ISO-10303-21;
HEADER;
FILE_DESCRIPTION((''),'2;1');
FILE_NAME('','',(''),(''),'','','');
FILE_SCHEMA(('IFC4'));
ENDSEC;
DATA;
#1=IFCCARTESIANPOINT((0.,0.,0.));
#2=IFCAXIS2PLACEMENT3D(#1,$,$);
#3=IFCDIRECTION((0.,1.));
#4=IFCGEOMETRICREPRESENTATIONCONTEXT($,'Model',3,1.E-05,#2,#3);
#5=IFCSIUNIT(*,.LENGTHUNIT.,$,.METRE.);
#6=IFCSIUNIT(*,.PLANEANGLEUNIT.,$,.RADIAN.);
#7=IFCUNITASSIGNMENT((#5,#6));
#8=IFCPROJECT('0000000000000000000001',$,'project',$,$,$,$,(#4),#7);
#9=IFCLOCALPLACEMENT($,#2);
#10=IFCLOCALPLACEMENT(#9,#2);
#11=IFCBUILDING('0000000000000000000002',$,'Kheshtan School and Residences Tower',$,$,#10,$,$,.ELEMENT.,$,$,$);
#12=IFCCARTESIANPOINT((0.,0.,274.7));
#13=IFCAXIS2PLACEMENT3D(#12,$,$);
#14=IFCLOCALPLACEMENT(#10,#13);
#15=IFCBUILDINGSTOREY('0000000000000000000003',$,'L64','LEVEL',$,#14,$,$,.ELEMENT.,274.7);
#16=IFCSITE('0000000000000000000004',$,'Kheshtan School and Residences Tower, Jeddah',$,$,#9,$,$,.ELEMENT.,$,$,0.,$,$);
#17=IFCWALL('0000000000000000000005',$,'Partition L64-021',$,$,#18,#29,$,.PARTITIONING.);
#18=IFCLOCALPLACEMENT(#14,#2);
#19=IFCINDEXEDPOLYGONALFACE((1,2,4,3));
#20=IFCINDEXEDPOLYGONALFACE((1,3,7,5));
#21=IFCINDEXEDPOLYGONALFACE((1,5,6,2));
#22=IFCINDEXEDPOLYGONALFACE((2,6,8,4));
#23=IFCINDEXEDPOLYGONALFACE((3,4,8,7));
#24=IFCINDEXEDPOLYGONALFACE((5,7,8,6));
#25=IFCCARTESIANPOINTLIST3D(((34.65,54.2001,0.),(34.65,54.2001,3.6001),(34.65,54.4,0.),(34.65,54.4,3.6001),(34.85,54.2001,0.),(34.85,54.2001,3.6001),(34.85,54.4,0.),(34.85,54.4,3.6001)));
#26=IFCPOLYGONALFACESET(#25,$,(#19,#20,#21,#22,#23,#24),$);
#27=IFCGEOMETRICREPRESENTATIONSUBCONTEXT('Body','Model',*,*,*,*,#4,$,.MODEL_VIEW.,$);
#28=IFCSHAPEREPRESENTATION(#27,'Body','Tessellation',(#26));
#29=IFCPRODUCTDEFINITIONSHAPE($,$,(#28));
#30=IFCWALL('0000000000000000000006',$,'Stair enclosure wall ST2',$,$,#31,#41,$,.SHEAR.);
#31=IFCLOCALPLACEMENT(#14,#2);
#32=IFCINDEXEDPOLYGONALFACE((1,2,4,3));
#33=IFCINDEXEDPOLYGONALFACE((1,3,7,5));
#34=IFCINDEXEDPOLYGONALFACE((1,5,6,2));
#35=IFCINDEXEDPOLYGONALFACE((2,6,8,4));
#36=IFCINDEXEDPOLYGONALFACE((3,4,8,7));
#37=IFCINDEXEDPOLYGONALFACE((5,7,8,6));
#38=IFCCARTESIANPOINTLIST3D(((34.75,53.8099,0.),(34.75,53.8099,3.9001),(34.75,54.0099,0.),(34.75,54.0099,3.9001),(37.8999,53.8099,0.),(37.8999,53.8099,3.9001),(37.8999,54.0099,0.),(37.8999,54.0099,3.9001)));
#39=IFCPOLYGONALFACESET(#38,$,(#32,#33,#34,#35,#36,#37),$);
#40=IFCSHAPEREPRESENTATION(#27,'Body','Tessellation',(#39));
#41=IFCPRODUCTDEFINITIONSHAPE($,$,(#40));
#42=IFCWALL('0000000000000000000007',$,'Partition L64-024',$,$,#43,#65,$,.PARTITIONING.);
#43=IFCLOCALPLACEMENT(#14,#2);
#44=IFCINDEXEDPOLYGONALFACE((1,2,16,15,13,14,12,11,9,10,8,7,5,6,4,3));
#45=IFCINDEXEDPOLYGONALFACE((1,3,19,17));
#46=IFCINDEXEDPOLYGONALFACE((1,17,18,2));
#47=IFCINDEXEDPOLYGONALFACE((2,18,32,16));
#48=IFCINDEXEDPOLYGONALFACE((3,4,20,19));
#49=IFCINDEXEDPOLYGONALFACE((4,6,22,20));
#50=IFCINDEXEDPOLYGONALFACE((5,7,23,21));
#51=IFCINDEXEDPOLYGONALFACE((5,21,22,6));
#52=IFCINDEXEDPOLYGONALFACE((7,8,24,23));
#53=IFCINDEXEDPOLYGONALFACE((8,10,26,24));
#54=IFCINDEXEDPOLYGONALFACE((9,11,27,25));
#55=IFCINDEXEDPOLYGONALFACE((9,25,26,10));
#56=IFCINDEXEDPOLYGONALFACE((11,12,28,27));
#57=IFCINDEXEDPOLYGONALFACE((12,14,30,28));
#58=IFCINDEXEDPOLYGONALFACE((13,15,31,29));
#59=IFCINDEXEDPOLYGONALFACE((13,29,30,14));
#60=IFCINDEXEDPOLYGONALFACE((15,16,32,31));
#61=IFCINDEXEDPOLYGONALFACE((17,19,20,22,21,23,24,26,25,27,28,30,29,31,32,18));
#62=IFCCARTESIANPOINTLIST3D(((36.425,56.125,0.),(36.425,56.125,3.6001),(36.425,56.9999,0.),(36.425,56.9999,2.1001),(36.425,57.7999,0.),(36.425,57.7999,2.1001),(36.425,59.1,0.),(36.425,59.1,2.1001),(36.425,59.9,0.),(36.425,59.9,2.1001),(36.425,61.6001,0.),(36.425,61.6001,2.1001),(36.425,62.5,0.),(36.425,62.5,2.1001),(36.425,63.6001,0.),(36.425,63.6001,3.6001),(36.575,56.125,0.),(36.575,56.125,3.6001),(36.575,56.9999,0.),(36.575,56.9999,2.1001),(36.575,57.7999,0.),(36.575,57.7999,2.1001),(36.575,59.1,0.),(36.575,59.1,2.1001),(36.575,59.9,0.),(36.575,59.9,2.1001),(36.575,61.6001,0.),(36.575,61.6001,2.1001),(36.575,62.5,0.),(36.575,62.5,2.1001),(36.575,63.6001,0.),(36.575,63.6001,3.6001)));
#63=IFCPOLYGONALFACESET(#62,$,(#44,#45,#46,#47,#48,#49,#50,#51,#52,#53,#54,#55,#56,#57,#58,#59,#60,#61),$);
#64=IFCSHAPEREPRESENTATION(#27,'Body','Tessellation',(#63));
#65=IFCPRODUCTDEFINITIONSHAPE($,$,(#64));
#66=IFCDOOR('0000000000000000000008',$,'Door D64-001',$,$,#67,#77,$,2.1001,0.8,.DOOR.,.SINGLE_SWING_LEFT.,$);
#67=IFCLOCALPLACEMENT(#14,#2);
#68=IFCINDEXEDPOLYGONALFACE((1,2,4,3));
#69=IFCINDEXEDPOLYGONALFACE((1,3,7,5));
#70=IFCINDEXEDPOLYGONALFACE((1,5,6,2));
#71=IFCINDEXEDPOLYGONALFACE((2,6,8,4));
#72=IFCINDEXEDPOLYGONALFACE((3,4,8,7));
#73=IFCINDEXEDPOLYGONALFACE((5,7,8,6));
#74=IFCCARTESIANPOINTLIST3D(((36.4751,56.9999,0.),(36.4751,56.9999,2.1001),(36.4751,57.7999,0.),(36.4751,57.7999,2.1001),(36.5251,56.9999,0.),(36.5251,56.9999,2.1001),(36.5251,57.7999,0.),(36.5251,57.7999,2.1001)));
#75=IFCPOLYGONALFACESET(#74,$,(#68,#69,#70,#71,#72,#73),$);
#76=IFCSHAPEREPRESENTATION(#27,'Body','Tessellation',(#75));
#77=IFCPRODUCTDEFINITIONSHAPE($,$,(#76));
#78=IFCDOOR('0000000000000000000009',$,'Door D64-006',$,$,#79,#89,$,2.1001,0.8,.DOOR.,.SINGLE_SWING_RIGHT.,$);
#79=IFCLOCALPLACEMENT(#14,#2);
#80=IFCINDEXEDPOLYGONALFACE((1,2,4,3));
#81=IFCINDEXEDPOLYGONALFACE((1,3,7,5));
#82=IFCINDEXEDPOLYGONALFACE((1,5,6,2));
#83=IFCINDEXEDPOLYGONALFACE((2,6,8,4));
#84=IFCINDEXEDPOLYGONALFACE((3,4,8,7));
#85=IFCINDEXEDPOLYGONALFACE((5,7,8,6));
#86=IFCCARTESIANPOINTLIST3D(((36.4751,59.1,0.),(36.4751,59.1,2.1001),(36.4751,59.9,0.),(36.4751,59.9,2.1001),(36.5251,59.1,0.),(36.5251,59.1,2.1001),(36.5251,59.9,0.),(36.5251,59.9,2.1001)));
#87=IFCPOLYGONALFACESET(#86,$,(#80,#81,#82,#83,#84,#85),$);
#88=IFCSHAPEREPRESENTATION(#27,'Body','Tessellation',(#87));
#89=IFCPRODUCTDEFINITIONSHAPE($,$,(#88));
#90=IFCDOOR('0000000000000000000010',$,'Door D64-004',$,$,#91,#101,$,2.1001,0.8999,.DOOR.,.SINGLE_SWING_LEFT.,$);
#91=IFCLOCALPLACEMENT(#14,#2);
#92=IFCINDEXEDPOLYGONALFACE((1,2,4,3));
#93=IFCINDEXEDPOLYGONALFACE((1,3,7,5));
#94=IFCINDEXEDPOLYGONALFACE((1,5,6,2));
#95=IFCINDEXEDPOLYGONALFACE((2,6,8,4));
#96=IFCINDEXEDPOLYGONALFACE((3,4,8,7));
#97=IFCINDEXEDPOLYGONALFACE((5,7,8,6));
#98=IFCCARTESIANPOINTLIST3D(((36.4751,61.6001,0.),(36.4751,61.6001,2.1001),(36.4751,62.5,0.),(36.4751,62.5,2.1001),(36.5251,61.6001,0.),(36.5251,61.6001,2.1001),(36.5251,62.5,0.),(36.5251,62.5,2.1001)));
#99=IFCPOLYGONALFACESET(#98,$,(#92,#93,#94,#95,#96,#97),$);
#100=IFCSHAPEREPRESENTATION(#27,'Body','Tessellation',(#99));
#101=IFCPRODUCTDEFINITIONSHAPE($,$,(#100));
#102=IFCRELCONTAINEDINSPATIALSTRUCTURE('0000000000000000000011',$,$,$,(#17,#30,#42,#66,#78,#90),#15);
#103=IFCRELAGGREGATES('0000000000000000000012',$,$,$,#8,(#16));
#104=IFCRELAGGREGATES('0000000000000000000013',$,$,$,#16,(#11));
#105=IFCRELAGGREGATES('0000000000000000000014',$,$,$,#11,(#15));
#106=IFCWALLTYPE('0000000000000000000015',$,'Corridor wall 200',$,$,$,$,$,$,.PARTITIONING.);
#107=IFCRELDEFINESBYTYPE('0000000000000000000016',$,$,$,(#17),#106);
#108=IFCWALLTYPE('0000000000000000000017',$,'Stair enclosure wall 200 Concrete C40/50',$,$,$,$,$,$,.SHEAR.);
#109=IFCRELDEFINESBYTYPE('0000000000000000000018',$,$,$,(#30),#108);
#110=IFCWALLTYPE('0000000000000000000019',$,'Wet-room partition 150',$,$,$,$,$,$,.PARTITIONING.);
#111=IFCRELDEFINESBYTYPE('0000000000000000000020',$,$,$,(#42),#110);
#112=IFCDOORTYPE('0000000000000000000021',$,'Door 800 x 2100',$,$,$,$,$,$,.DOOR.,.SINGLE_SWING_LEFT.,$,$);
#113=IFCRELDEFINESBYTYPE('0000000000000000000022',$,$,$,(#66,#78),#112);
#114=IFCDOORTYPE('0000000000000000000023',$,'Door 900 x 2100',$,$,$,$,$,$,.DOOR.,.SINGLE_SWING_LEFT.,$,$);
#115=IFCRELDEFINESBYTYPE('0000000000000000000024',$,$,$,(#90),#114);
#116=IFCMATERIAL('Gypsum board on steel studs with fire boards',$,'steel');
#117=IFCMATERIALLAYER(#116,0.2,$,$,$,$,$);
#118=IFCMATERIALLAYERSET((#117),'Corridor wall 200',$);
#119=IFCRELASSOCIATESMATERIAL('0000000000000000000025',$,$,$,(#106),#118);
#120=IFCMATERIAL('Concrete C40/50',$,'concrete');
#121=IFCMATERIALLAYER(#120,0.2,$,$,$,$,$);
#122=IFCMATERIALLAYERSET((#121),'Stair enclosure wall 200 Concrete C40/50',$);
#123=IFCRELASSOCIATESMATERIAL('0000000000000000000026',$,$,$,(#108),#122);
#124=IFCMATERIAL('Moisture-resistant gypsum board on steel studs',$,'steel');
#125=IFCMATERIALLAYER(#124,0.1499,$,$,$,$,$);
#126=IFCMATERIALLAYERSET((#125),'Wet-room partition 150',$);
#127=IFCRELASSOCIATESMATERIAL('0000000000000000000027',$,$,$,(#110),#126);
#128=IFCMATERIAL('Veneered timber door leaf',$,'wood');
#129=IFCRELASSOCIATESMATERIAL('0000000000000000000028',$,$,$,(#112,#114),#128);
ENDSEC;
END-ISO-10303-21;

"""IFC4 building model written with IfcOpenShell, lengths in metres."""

from ifc_helpers import new_model, si_unit, direction, frame, frame_2d, origin, place, context, subcontext, project, spatial, rectangle, extrude, source, transform, mapped, material, layer, layer_set, type_object, element, fill, save


model = new_model("IFC4")

# Units and contexts
model_context = context("Model", 3, precision=1e-05, world=origin(), true_north=direction((0.0, 1.0)))
body_context = subcontext(model_context, "Body", "Model", "MODEL_VIEW")
ifc_project = project(units=[si_unit("LENGTHUNIT", "METRE"), si_unit("PLANEANGLEUNIT", "RADIAN")], contexts=[model_context])

# Site, building, storey
site_placement = place(None, origin())
site = spatial("IfcSite", under=ifc_project, at=site_placement, Name="Kheshtan School and Residences Tower, Jeddah", CompositionType="ELEMENT", RefElevation=0.0)
building_placement = place(site_placement, origin())
building = spatial("IfcBuilding", under=site, at=building_placement, Name="Kheshtan School and Residences Tower", CompositionType="ELEMENT")
storey_placement = place(building_placement, frame((0.0, 0.0, 274.7)))
storey = spatial("IfcBuildingStorey", under=building, at=storey_placement, Name="L64", Description="LEVEL", CompositionType="ELEMENT", Elevation=274.7)

# Walls
ifc_material_1 = material(Name="Gypsum board on steel studs with fire boards", Category="steel")
ifc_layer_1 = layer(ifc_material_1, 0.2)
ifc_layer_set_1 = layer_set([ifc_layer_1], Name="Corridor wall 200")
wall_type_1 = type_object("IfcWallType", Name="Corridor wall 200", PredefinedType="PARTITIONING", material=ifc_layer_set_1)
wall_1_placement = place(storey_placement, frame((34.75, 54.2, 0.0), z_axis=(0.0, 0.0, 1.0), x_axis=(0.0, 1.0, 0.0)))
element("IfcWall", 1, at=wall_1_placement, inside=storey, type_object=wall_type_1, Name="Partition L64-021", PredefinedType="PARTITIONING", context=body_context, shape_type="SweptSolid", body=[
    extrude(rectangle(XDim=0.2, YDim=0.2, at=frame_2d((0.1001, 0.0))), origin(), (0.0, 0.0, 1.0), 3.6001),
])
ifc_material_2 = material(Name="Concrete C40/50", Category="concrete")
ifc_layer_2 = layer(ifc_material_2, 0.2)
ifc_layer_set_2 = layer_set([ifc_layer_2], Name="Stair enclosure wall 200 Concrete C40/50")
wall_type_2 = type_object("IfcWallType", Name="Stair enclosure wall 200 Concrete C40/50", PredefinedType="SHEAR", material=ifc_layer_set_2)
wall_2_placement = place(storey_placement, frame((34.75, 53.9099, 0.0), z_axis=(0.0, 0.0, 1.0), x_axis=(1.0, 0.0, 0.0)))
element("IfcWall", 2, at=wall_2_placement, inside=storey, type_object=wall_type_2, Name="Stair enclosure wall ST2", PredefinedType="SHEAR", context=body_context, shape_type="SweptSolid", body=[
    extrude(rectangle(XDim=3.1499, YDim=0.2, at=frame_2d((1.575, 0.0))), origin(), (0.0, 0.0, 1.0), 3.9001),
])

# Wall, openings, doors
ifc_material_3 = material(Name="Moisture-resistant gypsum board on steel studs", Category="steel")
ifc_layer_3 = layer(ifc_material_3, 0.1499)
ifc_layer_set_3 = layer_set([ifc_layer_3], Name="Wet-room partition 150")
wall_type_3 = type_object("IfcWallType", Name="Wet-room partition 150", PredefinedType="PARTITIONING", material=ifc_layer_set_3)
wall_3_placement = place(storey_placement, frame((36.5, 56.125, 0.0), z_axis=(0.0, 0.0, 1.0), x_axis=(0.0, 1.0, 0.0)))
wall_3 = element("IfcWall", 3, at=wall_3_placement, inside=storey, type_object=wall_type_3, Name="Partition L64-024", PredefinedType="PARTITIONING", context=body_context, shape_type="SweptSolid", body=[
    extrude(rectangle(XDim=7.4751, YDim=0.1499, at=frame_2d((3.7375, 0.0))), origin(), (0.0, 0.0, 1.0), 3.6001),
])
opening_1_placement = place(wall_3_placement, frame((0.875, 0.0, 0.0)))
opening_1 = element("IfcOpeningElement", 4, at=opening_1_placement, cuts=wall_3, PredefinedType="OPENING", context=body_context, shape_type="SweptSolid", body=[
    extrude(rectangle(XDim=0.8, YDim=2.1001, at=frame_2d((0.3999, 1.05))), frame((0.0, 0.085, 0.0), z_axis=(0.0, -1.0, 0.0), x_axis=(1.0, 0.0, 0.0)), (0.0, 0.0, 1.0), 0.1699),
])
opening_2_placement = place(wall_3_placement, frame((5.4751, 0.0, 0.0)))
opening_2 = element("IfcOpeningElement", 5, at=opening_2_placement, cuts=wall_3, PredefinedType="OPENING", context=body_context, shape_type="SweptSolid", body=[
    extrude(rectangle(XDim=0.8999, YDim=2.1001, at=frame_2d((0.45, 1.05))), frame((0.0, 0.085, 0.0), z_axis=(0.0, -1.0, 0.0), x_axis=(1.0, 0.0, 0.0)), (0.0, 0.0, 1.0), 0.1699),
])
opening_3_placement = place(wall_3_placement, frame((2.9751, 0.0, 0.0)))
opening_3 = element("IfcOpeningElement", 6, at=opening_3_placement, cuts=wall_3, PredefinedType="OPENING", context=body_context, shape_type="SweptSolid", body=[
    extrude(rectangle(XDim=0.8, YDim=2.1001, at=frame_2d((0.3999, 1.05))), frame((0.0, 0.085, 0.0), z_axis=(0.0, -1.0, 0.0), x_axis=(1.0, 0.0, 0.0)), (0.0, 0.0, 1.0), 0.1699),
])
ifc_material_4 = material(Name="Veneered timber door leaf", Category="wood")
door_type_1 = type_object("IfcDoorType", Name="Door 800 x 2100", OperationType="SINGLE_SWING_LEFT", PredefinedType="DOOR", material=ifc_material_4)
shared_shape_1 = source(origin(), body_context, "Body", "SweptSolid", [
    extrude(rectangle(XDim=0.8, YDim=2.1001, at=frame_2d((0.3999, 1.05))), frame((0.0, 0.0249, 0.0), z_axis=(0.0, -1.0, 0.0), x_axis=(1.0, 0.0, 0.0)), (0.0, 0.0, 1.0), 0.05),
])
door_1_placement = place(opening_1_placement, origin())
door_1 = element("IfcDoor", 7, at=door_1_placement, inside=storey, type_object=door_type_1, Name="Door D64-001", OperationType="SINGLE_SWING_LEFT", OverallHeight=2.1001, OverallWidth=0.8, PredefinedType="DOOR", context=body_context, shape_type="MappedRepresentation", body=[
    mapped(shared_shape_1, transform((0.0, 0.0, 0.0), x_axis=(1.0, 0.0, 0.0), y_axis=(0.0, 1.0, 0.0), z_axis=(0.0, 0.0, 1.0), scale=1.0)),
])
fill(opening_1, door_1)
door_2_placement = place(opening_3_placement, origin())
door_2 = element("IfcDoor", 8, at=door_2_placement, inside=storey, type_object=door_type_1, Name="Door D64-006", OperationType="SINGLE_SWING_RIGHT", OverallHeight=2.1001, OverallWidth=0.8, PredefinedType="DOOR", context=body_context, shape_type="MappedRepresentation", body=[
    mapped(shared_shape_1, transform((0.0, 0.0, 0.0), x_axis=(1.0, 0.0, 0.0), y_axis=(0.0, 1.0, 0.0), z_axis=(0.0, 0.0, 1.0), scale=1.0)),
])
fill(opening_3, door_2)
door_type_2 = type_object("IfcDoorType", Name="Door 900 x 2100", OperationType="SINGLE_SWING_LEFT", PredefinedType="DOOR", material=ifc_material_4)
shared_shape_2 = source(origin(), body_context, "Body", "SweptSolid", [
    extrude(rectangle(XDim=0.8999, YDim=2.1001, at=frame_2d((0.45, 1.05))), frame((0.0, 0.0249, 0.0), z_axis=(0.0, -1.0, 0.0), x_axis=(1.0, 0.0, 0.0)), (0.0, 0.0, 1.0), 0.05),
])
door_3_placement = place(opening_2_placement, origin())
door_3 = element("IfcDoor", 9, at=door_3_placement, inside=storey, type_object=door_type_2, Name="Door D64-004", OperationType="SINGLE_SWING_LEFT", OverallHeight=2.1001, OverallWidth=0.8999, PredefinedType="DOOR", context=body_context, shape_type="MappedRepresentation", body=[
    mapped(shared_shape_2, transform((0.0, 0.0, 0.0), x_axis=(1.0, 0.0, 0.0), y_axis=(0.0, 1.0, 0.0), z_axis=(0.0, 0.0, 1.0), scale=1.0)),
])
fill(opening_2, door_3)

save(model, "model.ifc")
